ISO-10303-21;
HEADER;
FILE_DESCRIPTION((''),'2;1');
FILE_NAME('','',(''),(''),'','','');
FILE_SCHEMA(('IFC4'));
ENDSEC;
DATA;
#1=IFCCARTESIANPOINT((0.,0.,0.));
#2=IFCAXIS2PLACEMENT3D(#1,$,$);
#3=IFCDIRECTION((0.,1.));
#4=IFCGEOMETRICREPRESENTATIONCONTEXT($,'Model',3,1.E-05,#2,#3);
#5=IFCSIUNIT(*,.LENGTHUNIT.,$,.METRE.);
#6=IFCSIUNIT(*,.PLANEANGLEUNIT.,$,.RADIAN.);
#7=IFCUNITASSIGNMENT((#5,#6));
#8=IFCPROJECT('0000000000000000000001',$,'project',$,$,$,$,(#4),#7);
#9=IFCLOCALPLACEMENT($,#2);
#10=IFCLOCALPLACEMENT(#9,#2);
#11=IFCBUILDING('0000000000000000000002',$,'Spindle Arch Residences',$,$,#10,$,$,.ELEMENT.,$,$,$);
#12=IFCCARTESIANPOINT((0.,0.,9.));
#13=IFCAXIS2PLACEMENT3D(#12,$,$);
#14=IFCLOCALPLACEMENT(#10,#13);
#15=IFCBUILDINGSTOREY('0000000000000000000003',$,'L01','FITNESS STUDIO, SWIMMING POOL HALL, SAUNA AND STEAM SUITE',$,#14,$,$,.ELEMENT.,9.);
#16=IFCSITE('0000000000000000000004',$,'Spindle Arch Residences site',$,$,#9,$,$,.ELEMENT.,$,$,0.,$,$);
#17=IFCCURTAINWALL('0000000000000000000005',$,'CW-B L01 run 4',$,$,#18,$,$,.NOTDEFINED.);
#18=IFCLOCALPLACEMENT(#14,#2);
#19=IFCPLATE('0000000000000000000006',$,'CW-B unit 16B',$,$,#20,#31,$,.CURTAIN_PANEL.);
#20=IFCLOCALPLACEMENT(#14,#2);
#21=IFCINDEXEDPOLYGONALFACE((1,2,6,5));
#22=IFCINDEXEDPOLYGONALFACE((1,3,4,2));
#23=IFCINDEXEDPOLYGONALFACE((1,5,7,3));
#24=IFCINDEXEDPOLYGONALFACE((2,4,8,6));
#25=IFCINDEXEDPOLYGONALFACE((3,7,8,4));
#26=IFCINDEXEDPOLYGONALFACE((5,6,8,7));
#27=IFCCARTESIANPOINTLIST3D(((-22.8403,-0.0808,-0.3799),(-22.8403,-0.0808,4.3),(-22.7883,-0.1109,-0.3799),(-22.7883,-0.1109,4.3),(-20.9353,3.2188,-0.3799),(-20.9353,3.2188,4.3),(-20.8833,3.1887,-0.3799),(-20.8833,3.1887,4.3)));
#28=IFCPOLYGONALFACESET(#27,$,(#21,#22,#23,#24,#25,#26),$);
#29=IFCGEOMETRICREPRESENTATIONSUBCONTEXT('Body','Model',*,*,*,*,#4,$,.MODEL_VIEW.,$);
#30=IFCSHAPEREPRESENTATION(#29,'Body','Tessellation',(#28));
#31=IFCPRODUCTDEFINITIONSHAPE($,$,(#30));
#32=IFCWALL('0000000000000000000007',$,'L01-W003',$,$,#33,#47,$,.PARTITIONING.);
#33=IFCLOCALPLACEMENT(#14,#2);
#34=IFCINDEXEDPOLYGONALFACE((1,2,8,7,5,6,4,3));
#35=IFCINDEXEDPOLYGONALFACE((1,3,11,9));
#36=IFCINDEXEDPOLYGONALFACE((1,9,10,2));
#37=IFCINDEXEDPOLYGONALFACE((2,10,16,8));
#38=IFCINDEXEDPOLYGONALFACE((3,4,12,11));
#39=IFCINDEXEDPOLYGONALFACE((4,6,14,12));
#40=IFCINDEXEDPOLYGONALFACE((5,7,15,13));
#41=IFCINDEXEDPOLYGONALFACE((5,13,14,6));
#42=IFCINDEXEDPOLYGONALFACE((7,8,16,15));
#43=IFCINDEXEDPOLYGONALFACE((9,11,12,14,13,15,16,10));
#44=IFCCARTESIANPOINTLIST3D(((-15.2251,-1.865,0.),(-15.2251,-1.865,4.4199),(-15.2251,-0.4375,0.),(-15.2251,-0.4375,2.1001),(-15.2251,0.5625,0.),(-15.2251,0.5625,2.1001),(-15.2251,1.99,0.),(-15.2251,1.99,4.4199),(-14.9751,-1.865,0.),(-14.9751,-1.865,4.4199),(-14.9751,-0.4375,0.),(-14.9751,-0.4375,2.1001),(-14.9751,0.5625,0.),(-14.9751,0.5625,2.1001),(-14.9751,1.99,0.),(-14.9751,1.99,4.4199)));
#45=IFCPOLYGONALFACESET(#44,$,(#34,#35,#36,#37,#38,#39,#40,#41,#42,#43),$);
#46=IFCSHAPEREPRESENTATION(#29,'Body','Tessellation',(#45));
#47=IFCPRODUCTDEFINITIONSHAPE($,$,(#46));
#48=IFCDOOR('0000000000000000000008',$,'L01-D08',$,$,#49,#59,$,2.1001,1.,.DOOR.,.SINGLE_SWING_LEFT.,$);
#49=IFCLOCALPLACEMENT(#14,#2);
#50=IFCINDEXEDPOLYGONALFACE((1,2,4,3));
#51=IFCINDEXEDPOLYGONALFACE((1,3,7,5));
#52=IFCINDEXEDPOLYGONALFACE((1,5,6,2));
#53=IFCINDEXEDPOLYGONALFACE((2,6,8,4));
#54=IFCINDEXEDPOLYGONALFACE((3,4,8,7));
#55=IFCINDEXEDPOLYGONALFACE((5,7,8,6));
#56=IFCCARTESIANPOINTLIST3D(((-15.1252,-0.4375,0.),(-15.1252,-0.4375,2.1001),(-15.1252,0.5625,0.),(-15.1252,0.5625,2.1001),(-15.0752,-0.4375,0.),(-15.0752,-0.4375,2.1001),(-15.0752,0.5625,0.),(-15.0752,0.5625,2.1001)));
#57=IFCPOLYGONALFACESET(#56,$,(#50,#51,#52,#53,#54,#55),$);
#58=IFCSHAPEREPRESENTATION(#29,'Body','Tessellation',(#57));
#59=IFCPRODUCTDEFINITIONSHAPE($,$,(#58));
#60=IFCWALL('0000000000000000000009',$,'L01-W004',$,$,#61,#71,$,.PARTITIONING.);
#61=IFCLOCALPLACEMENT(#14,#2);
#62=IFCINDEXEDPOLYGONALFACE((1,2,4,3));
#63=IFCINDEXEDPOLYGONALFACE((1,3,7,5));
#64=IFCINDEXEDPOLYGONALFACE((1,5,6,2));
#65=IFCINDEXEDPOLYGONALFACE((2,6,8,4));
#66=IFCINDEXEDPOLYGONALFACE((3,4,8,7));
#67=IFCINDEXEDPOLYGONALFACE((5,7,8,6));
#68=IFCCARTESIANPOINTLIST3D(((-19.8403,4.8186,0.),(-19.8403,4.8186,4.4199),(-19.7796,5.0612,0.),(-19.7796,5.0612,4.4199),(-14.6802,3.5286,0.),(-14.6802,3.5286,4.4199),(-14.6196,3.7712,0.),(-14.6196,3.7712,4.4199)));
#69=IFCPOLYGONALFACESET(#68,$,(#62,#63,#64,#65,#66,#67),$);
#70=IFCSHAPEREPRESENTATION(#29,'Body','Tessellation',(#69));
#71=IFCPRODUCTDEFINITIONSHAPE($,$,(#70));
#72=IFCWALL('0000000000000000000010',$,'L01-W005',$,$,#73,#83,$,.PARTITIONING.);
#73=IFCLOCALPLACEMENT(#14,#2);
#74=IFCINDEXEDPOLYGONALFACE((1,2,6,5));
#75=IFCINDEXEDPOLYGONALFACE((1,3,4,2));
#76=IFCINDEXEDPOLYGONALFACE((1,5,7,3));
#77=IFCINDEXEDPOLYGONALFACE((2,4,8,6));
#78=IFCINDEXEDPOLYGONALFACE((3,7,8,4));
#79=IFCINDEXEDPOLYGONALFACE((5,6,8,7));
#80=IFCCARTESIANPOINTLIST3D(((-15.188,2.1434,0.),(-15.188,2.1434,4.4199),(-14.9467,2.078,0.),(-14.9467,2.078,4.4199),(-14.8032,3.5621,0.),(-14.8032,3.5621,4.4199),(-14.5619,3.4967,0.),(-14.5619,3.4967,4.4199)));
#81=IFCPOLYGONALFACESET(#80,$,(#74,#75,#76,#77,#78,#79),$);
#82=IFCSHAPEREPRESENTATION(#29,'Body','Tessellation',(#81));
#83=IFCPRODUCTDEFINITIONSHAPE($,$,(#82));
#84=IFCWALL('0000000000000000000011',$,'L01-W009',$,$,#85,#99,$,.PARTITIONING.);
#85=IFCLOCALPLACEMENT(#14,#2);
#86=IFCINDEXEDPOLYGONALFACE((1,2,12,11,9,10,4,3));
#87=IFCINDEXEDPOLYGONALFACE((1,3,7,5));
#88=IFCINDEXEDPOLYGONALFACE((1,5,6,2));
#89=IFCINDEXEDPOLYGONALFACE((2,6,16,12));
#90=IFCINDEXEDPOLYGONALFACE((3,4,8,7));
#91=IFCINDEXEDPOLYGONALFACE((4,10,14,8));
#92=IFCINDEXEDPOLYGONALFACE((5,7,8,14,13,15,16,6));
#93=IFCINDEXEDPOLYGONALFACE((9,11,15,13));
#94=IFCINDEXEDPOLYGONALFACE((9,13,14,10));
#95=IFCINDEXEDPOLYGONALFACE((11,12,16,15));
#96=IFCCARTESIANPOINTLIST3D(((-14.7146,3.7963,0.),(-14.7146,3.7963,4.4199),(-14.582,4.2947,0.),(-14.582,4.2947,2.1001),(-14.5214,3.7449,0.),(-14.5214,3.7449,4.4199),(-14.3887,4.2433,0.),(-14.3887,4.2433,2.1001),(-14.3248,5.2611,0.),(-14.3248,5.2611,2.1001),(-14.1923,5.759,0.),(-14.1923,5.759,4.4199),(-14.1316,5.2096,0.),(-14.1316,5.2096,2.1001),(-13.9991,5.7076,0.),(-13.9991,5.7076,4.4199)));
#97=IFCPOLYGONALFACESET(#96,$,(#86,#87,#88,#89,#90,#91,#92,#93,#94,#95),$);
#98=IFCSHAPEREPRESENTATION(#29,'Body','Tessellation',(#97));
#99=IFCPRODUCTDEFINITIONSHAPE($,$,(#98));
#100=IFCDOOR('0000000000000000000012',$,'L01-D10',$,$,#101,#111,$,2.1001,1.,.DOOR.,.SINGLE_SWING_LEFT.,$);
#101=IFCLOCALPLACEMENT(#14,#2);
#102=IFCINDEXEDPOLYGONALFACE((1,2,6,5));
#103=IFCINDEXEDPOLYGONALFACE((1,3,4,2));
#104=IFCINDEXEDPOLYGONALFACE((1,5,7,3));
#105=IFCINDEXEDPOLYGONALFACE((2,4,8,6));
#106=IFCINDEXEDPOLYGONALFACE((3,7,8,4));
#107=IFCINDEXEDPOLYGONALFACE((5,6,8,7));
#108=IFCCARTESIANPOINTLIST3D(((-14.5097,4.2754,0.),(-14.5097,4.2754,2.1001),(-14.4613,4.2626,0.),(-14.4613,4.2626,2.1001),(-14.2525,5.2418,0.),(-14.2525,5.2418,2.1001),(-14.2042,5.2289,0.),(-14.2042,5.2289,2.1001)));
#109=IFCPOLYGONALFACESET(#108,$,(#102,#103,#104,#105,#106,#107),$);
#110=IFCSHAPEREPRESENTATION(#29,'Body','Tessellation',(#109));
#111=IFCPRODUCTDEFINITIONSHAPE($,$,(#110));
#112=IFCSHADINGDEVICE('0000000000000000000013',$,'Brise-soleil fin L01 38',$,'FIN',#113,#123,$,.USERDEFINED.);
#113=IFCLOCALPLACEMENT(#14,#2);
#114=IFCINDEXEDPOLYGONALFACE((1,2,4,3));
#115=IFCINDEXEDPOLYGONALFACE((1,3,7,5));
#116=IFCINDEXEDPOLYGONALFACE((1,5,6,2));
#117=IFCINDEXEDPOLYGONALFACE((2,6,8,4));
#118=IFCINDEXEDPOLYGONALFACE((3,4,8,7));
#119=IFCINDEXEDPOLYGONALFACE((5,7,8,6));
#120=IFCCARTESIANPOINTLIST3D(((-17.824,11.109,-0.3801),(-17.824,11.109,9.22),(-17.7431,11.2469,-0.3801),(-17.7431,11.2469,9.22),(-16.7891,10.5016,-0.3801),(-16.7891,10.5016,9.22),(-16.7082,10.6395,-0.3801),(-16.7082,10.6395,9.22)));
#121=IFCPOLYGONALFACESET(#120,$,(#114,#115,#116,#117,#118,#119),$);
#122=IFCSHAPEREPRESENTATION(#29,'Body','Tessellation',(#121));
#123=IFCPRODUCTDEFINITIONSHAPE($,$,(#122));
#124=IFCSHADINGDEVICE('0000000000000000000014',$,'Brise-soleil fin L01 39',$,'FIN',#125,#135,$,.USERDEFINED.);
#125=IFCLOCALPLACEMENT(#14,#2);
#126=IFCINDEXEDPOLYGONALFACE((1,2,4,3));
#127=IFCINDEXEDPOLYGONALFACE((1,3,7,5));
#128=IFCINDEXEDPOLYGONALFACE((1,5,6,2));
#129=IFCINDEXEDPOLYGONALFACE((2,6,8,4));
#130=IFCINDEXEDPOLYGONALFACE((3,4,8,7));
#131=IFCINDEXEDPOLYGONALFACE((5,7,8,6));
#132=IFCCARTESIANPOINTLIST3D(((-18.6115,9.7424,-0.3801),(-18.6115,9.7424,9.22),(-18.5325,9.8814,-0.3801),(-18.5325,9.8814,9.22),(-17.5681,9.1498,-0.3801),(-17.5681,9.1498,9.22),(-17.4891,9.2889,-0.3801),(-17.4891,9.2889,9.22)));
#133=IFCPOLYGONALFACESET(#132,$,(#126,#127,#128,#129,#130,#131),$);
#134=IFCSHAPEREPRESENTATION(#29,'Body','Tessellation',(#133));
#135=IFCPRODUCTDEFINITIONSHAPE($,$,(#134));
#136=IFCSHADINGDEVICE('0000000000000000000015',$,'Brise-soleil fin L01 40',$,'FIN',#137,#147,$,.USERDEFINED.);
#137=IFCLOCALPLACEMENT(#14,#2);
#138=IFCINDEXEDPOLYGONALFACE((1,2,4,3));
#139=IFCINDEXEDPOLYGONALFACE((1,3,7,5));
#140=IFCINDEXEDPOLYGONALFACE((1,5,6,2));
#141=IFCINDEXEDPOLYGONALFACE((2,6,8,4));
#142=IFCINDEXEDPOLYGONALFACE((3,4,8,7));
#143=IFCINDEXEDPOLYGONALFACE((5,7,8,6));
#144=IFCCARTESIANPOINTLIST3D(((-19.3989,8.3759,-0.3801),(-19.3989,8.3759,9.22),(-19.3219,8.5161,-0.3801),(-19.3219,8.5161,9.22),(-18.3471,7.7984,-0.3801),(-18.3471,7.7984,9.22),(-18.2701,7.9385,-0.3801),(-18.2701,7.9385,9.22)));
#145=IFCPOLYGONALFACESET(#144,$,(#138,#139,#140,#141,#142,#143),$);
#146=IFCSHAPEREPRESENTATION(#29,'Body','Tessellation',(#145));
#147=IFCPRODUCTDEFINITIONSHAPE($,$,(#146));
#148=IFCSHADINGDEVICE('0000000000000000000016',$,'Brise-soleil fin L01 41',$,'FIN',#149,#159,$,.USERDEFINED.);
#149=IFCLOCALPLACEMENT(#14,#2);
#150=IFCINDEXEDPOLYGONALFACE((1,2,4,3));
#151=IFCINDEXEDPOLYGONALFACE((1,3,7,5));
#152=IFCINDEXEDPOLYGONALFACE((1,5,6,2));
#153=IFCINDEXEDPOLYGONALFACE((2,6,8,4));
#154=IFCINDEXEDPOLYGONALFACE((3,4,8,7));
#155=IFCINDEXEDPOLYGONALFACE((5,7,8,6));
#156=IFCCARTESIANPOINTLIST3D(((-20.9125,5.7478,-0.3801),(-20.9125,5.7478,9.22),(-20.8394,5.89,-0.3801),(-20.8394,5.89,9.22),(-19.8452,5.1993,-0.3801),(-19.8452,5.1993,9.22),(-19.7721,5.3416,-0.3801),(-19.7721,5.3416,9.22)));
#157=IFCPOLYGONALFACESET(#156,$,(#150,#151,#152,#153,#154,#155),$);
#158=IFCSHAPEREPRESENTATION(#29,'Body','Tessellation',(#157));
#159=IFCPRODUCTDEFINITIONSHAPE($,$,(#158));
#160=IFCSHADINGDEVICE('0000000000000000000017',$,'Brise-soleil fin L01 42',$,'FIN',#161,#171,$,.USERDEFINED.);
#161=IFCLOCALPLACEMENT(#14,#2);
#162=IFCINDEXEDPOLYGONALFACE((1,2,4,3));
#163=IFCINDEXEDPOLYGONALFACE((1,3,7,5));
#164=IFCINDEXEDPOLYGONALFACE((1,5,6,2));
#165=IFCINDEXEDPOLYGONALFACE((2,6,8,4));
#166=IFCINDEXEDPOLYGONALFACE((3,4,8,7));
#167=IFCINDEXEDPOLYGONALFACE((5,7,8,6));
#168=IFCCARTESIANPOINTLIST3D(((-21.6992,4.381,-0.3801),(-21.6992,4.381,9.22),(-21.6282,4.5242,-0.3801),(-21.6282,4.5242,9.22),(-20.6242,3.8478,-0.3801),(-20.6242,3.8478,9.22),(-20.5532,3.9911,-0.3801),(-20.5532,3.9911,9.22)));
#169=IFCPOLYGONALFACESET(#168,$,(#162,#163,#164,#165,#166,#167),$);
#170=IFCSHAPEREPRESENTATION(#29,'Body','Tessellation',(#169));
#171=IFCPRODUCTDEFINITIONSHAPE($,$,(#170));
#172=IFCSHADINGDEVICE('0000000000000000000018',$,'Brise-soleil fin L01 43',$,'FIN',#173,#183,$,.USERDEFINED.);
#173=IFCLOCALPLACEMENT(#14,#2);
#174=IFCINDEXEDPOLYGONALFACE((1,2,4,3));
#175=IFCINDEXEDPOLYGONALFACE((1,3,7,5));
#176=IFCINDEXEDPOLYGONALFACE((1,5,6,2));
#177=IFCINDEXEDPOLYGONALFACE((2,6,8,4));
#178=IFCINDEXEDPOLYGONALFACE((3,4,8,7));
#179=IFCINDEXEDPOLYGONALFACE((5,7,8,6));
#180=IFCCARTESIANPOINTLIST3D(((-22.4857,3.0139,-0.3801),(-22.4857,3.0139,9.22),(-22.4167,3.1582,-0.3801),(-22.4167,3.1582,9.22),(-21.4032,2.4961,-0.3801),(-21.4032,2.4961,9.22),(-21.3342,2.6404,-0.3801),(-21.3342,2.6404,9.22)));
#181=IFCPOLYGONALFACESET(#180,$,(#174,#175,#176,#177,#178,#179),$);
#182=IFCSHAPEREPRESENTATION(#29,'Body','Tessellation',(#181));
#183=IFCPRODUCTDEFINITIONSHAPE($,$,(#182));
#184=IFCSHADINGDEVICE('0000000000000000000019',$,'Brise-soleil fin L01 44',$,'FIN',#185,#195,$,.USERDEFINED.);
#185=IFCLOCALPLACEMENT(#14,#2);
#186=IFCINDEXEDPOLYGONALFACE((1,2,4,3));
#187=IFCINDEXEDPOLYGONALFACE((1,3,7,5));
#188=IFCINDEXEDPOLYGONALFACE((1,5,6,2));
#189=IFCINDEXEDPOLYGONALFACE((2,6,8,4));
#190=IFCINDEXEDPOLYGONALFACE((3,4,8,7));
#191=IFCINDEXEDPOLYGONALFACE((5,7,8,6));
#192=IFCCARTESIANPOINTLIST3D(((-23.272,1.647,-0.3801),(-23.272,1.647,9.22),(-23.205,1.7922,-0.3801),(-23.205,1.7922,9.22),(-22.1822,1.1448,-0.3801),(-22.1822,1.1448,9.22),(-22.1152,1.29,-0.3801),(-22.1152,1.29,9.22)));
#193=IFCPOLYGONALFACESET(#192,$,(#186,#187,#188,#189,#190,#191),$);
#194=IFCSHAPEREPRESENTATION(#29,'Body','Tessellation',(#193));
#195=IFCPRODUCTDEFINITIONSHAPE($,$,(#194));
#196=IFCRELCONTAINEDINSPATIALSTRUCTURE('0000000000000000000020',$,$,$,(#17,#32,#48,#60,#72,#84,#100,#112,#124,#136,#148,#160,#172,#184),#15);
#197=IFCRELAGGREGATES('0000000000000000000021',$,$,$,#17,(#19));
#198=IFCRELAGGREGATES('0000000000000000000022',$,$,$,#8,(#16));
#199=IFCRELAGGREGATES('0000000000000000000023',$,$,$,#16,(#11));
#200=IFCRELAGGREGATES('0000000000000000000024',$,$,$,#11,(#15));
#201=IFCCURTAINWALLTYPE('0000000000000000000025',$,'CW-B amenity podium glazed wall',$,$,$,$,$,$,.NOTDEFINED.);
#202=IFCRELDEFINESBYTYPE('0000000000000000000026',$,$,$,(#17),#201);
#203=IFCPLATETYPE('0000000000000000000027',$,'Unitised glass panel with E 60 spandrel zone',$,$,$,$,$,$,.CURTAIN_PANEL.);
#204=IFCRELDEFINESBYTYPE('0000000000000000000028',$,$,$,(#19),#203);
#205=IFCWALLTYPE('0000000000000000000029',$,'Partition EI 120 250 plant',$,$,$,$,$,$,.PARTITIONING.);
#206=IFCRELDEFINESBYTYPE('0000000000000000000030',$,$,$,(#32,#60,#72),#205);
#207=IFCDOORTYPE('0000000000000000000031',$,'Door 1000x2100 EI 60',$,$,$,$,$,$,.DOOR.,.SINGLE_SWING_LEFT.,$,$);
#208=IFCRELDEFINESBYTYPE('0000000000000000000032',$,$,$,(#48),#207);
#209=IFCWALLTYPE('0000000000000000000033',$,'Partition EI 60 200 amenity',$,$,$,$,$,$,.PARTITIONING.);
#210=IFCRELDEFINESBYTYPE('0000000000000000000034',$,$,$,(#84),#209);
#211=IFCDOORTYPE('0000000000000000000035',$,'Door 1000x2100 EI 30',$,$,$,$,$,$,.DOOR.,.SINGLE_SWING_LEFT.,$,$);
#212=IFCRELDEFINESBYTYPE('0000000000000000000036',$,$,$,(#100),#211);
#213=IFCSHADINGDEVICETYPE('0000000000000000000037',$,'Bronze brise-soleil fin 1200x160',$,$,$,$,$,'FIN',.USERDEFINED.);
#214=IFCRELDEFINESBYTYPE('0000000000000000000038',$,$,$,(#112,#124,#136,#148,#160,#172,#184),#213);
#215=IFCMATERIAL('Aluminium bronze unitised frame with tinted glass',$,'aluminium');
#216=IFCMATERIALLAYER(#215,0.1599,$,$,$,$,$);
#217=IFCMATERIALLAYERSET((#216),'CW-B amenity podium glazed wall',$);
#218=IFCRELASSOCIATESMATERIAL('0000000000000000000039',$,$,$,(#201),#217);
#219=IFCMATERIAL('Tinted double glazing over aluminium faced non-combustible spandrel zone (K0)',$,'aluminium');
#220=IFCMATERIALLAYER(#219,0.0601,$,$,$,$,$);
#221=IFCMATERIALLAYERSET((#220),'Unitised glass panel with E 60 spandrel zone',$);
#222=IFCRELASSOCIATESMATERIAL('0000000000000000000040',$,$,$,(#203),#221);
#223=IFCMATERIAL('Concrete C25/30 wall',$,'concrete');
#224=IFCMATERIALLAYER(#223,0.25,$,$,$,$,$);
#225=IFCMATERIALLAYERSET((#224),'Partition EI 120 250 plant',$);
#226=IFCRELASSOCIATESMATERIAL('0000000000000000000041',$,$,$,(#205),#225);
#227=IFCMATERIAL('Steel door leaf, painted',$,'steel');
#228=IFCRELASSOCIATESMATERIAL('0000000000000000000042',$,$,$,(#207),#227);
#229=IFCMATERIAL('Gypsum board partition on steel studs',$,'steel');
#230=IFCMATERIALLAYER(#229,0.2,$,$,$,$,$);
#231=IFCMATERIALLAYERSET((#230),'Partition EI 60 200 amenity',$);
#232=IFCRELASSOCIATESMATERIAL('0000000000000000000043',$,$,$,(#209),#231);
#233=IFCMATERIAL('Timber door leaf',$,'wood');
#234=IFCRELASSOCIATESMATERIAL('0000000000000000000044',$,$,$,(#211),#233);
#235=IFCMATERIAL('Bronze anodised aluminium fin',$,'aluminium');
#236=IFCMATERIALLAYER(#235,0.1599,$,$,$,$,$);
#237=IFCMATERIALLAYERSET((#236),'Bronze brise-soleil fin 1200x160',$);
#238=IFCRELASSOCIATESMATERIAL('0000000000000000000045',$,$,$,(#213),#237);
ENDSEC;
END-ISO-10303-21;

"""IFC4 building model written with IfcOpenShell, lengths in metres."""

from ifc_helpers import new_model, si_unit, direction, frame, frame_2d, origin, origin_2d, place, context, subcontext, project, spatial, rectangle, extrude, material, layer, layer_set, type_object, element, fill, aggregate, save


model = new_model("IFC4")

# Units and contexts
model_context = context("Model", 3, precision=1e-05, world=origin(), true_north=direction((0.0, 1.0)))
body_context = subcontext(model_context, "Body", "Model", "MODEL_VIEW")
ifc_project = project(units=[si_unit("LENGTHUNIT", "METRE"), si_unit("PLANEANGLEUNIT", "RADIAN")], contexts=[model_context])

# Site, building, storey
site_placement = place(None, origin())
site = spatial("IfcSite", under=ifc_project, at=site_placement, Name="Spindle Arch Residences site", CompositionType="ELEMENT", RefElevation=0.0)
building_placement = place(site_placement, origin())
building = spatial("IfcBuilding", under=site, at=building_placement, Name="Spindle Arch Residences", CompositionType="ELEMENT")
storey_placement = place(building_placement, frame((0.0, 0.0, 9.0)))
storey = spatial("IfcBuildingStorey", under=building, at=storey_placement, Name="L01", Description="FITNESS STUDIO, SWIMMING POOL HALL, SAUNA AND STEAM SUITE", CompositionType="ELEMENT", Elevation=9.0)

# Curtain wall
ifc_material_1 = material(Name="Aluminium bronze unitised frame with tinted glass", Category="aluminium")
ifc_layer_1 = layer(ifc_material_1, 0.1599)
ifc_layer_set_1 = layer_set([ifc_layer_1], Name="CW-B amenity podium glazed wall")
curtain_wall_type = type_object("IfcCurtainWallType", Name="CW-B amenity podium glazed wall", PredefinedType="NOTDEFINED", material=ifc_layer_set_1)
curtain_wall_placement = place(storey_placement, origin())
curtain_wall = element("IfcCurtainWall", 1, at=curtain_wall_placement, inside=storey, type_object=curtain_wall_type, Name="CW-B L01 run 4", PredefinedType="NOTDEFINED")

# Plate
ifc_material_2 = material(Name="Tinted double glazing over aluminium faced non-combustible spandrel zone (K0)", Category="aluminium")
ifc_layer_2 = layer(ifc_material_2, 0.0601)
ifc_layer_set_2 = layer_set([ifc_layer_2], Name="Unitised glass panel with E 60 spandrel zone")
plate_type = type_object("IfcPlateType", Name="Unitised glass panel with E 60 spandrel zone", PredefinedType="CURTAIN_PANEL", material=ifc_layer_set_2)
plate_1_placement = place(storey_placement, frame((-21.8618, 1.554, -0.3799), z_axis=(0.0, 0.0, 1.0), x_axis=(-0.5, -0.866025, 0.0)))
plate_1 = element("IfcPlate", 2, at=plate_1_placement, type_object=plate_type, Name="CW-B unit 16B", PredefinedType="CURTAIN_PANEL", context=body_context, shape_type="SweptSolid", body=[
    extrude(rectangle(XDim=3.8101, YDim=0.0601, at=origin_2d()), origin(), (0.0, 0.0, 1.0), 4.6799),
])
aggregate(curtain_wall, [plate_1])

# Wall, opening, door
ifc_material_3 = material(Name="Concrete C25/30 wall", Category="concrete")
ifc_layer_3 = layer(ifc_material_3, 0.25)
ifc_layer_set_3 = layer_set([ifc_layer_3], Name="Partition EI 120 250 plant")
wall_type_1 = type_object("IfcWallType", Name="Partition EI 120 250 plant", PredefinedType="PARTITIONING", material=ifc_layer_set_3)
wall_1_placement = place(storey_placement, frame((-15.1001, 1.99, 0.0), z_axis=(0.0, 0.0, 1.0), x_axis=(0.0, -1.0, 0.0)))
wall_1 = element("IfcWall", 3, at=wall_1_placement, inside=storey, type_object=wall_type_1, Name="L01-W003", PredefinedType="PARTITIONING", context=body_context, shape_type="SweptSolid", body=[
    extrude(rectangle(XDim=3.855, YDim=0.25, at=frame_2d((1.9275, 0.0))), origin(), (0.0, 0.0, 1.0), 4.4199),
])
opening_1_placement = place(wall_1_placement, frame((1.4275, 0.0, 0.0)))
opening_1 = element("IfcOpeningElement", 4, at=opening_1_placement, cuts=wall_1, PredefinedType="OPENING", context=body_context, shape_type="SweptSolid", body=[
    extrude(rectangle(XDim=1.0, YDim=2.1001, at=frame_2d((0.5, 1.05))), frame((0.0, 0.135, 0.0), z_axis=(0.0, -1.0, 0.0), x_axis=(1.0, 0.0, 0.0)), (0.0, 0.0, 1.0), 0.27),
])
ifc_material_4 = material(Name="Steel door leaf, painted", Category="steel")
door_type_1 = type_object("IfcDoorType", Name="Door 1000x2100 EI 60", OperationType="SINGLE_SWING_LEFT", PredefinedType="DOOR", material=ifc_material_4)
door_1_placement = place(opening_1_placement, origin())
door_1 = element("IfcDoor", 5, at=door_1_placement, inside=storey, type_object=door_type_1, Name="L01-D08", OperationType="SINGLE_SWING_LEFT", OverallHeight=2.1001, OverallWidth=1.0, PredefinedType="DOOR", context=body_context, shape_type="SweptSolid", body=[
    extrude(rectangle(XDim=1.0, YDim=2.1001, at=frame_2d((0.5, 1.05))), frame((0.0, 0.0249, 0.0), z_axis=(0.0, -1.0, 0.0), x_axis=(1.0, 0.0, 0.0)), (0.0, 0.0, 1.0), 0.05),
])
fill(opening_1, door_1)

# Walls
wall_2_placement = place(storey_placement, frame((-14.6499, 3.6499, 0.0), z_axis=(0.0, 0.0, 1.0), x_axis=(-0.970143, 0.242536, 0.0)))
element("IfcWall", 6, at=wall_2_placement, inside=storey, type_object=wall_type_1, Name="L01-W004", PredefinedType="PARTITIONING", context=body_context, shape_type="SweptSolid", body=[
    extrude(rectangle(XDim=5.3188, YDim=0.25, at=frame_2d((2.6594, 0.0))), origin(), (0.0, 0.0, 1.0), 4.4199),
])
wall_3_placement = place(storey_placement, frame((-14.6826, 3.5293, 0.0), z_axis=(0.0, 0.0, 1.0), x_axis=(-0.261754, -0.965135, 0.0)))
element("IfcWall", 7, at=wall_3_placement, inside=storey, type_object=wall_type_1, Name="L01-W005", PredefinedType="PARTITIONING", context=body_context, shape_type="SweptSolid", body=[
    extrude(rectangle(XDim=1.47, YDim=0.25, at=frame_2d((0.7349, 0.0))), origin(), (0.0, 0.0, 1.0), 4.4199),
])

# Wall, opening, door
ifc_material_5 = material(Name="Gypsum board partition on steel studs", Category="steel")
ifc_layer_4 = layer(ifc_material_5, 0.2)
ifc_layer_set_4 = layer_set([ifc_layer_4], Name="Partition EI 60 200 amenity")
wall_type_2 = type_object("IfcWallType", Name="Partition EI 60 200 amenity", PredefinedType="PARTITIONING", material=ifc_layer_set_4)
wall_4_placement = place(storey_placement, frame((-14.0957, 5.7334, 0.0), z_axis=(0.0, 0.0, 1.0), x_axis=(-0.257131, -0.966376, 0.0)))
wall_4 = element("IfcWall", 8, at=wall_4_placement, inside=storey, type_object=wall_type_2, Name="L01-W009", PredefinedType="PARTITIONING", context=body_context, shape_type="SweptSolid", body=[
    extrude(rectangle(XDim=2.031, YDim=0.2, at=frame_2d((1.0156, 0.0))), origin(), (0.0, 0.0, 1.0), 4.4199),
])
opening_2_placement = place(wall_4_placement, frame((0.5154, 0.0, 0.0)))
opening_2 = element("IfcOpeningElement", 9, at=opening_2_placement, cuts=wall_4, PredefinedType="OPENING", context=body_context, shape_type="SweptSolid", body=[
    extrude(rectangle(XDim=1.0, YDim=2.1001, at=frame_2d((0.5, 1.05))), frame((0.0, 0.1099, 0.0), z_axis=(0.0, -1.0, 0.0), x_axis=(1.0, 0.0, 0.0)), (0.0, 0.0, 1.0), 0.22),
])
ifc_material_6 = material(Name="Timber door leaf", Category="wood")
door_type_2 = type_object("IfcDoorType", Name="Door 1000x2100 EI 30", OperationType="SINGLE_SWING_LEFT", PredefinedType="DOOR", material=ifc_material_6)
door_2_placement = place(opening_2_placement, origin())
door_2 = element("IfcDoor", 10, at=door_2_placement, inside=storey, type_object=door_type_2, Name="L01-D10", OperationType="SINGLE_SWING_LEFT", OverallHeight=2.1001, OverallWidth=1.0, PredefinedType="DOOR", context=body_context, shape_type="SweptSolid", body=[
    extrude(rectangle(XDim=1.0, YDim=2.1001, at=frame_2d((0.5, 1.05))), frame((0.0, 0.0249, 0.0), z_axis=(0.0, -1.0, 0.0), x_axis=(1.0, 0.0, 0.0)), (0.0, 0.0, 1.0), 0.05),
])
fill(opening_2, door_2)

# Shading devices
ifc_material_7 = material(Name="Bronze anodised aluminium fin", Category="aluminium")
ifc_layer_5 = layer(ifc_material_7, 0.1599)
ifc_layer_set_5 = layer_set([ifc_layer_5], Name="Bronze brise-soleil fin 1200x160")
shading_device_type = type_object("IfcShadingDeviceType", Name="Bronze brise-soleil fin 1200x160", ElementType="FIN", PredefinedType="USERDEFINED", material=ifc_layer_set_5)
for number, where, z_axis, x_axis, name in (
    (11, (-17.2661, 10.8743, -0.3801), (0.0, 0.0, 1.0), (-0.862432, 0.506173, 0.0), "Brise-soleil fin L01 38"),
    (12, (-18.0503, 9.5156, -0.3801), (0.0, 0.0, 1.0), (-0.869575, 0.493801, 0.0), "Brise-soleil fin L01 39"),
    (13, (-18.8345, 8.1572, -0.3801), (0.0, 0.0, 1.0), (-0.876541, 0.481328, 0.0), "Brise-soleil fin L01 40"),
    (14, (-20.3423, 5.5447, -0.3801), (0.0, 0.0, 1.0), (-0.889432, 0.457068, 0.0), "Brise-soleil fin L01 41"),
    (15, (-21.1262, 4.186, -0.3801), (0.0, 0.0, 1.0), (-0.895871, 0.444314, 0.0), "Brise-soleil fin L01 42"),
    (16, (-21.9099, 2.8271, -0.3801), (0.0, 0.0, 1.0), (-0.902127, 0.431471, 0.0), "Brise-soleil fin L01 43"),
    (17, (-22.6936, 1.4685, -0.3801), (0.0, 0.0, 1.0), (-0.908199, 0.418539, 0.0), "Brise-soleil fin L01 44"),
):
    element("IfcShadingDevice", number, at=place(storey_placement, frame(where, z_axis=z_axis, x_axis=x_axis)), inside=storey, type_object=shading_device_type, Name=name, ObjectType="FIN", PredefinedType="USERDEFINED", context=body_context, shape_type="SweptSolid", body=[
        extrude(rectangle(XDim=1.2, YDim=0.1599, at=origin_2d()), origin(), (0.0, 0.0, 1.0), 9.6001),
    ])

save(model, "model.ifc")
